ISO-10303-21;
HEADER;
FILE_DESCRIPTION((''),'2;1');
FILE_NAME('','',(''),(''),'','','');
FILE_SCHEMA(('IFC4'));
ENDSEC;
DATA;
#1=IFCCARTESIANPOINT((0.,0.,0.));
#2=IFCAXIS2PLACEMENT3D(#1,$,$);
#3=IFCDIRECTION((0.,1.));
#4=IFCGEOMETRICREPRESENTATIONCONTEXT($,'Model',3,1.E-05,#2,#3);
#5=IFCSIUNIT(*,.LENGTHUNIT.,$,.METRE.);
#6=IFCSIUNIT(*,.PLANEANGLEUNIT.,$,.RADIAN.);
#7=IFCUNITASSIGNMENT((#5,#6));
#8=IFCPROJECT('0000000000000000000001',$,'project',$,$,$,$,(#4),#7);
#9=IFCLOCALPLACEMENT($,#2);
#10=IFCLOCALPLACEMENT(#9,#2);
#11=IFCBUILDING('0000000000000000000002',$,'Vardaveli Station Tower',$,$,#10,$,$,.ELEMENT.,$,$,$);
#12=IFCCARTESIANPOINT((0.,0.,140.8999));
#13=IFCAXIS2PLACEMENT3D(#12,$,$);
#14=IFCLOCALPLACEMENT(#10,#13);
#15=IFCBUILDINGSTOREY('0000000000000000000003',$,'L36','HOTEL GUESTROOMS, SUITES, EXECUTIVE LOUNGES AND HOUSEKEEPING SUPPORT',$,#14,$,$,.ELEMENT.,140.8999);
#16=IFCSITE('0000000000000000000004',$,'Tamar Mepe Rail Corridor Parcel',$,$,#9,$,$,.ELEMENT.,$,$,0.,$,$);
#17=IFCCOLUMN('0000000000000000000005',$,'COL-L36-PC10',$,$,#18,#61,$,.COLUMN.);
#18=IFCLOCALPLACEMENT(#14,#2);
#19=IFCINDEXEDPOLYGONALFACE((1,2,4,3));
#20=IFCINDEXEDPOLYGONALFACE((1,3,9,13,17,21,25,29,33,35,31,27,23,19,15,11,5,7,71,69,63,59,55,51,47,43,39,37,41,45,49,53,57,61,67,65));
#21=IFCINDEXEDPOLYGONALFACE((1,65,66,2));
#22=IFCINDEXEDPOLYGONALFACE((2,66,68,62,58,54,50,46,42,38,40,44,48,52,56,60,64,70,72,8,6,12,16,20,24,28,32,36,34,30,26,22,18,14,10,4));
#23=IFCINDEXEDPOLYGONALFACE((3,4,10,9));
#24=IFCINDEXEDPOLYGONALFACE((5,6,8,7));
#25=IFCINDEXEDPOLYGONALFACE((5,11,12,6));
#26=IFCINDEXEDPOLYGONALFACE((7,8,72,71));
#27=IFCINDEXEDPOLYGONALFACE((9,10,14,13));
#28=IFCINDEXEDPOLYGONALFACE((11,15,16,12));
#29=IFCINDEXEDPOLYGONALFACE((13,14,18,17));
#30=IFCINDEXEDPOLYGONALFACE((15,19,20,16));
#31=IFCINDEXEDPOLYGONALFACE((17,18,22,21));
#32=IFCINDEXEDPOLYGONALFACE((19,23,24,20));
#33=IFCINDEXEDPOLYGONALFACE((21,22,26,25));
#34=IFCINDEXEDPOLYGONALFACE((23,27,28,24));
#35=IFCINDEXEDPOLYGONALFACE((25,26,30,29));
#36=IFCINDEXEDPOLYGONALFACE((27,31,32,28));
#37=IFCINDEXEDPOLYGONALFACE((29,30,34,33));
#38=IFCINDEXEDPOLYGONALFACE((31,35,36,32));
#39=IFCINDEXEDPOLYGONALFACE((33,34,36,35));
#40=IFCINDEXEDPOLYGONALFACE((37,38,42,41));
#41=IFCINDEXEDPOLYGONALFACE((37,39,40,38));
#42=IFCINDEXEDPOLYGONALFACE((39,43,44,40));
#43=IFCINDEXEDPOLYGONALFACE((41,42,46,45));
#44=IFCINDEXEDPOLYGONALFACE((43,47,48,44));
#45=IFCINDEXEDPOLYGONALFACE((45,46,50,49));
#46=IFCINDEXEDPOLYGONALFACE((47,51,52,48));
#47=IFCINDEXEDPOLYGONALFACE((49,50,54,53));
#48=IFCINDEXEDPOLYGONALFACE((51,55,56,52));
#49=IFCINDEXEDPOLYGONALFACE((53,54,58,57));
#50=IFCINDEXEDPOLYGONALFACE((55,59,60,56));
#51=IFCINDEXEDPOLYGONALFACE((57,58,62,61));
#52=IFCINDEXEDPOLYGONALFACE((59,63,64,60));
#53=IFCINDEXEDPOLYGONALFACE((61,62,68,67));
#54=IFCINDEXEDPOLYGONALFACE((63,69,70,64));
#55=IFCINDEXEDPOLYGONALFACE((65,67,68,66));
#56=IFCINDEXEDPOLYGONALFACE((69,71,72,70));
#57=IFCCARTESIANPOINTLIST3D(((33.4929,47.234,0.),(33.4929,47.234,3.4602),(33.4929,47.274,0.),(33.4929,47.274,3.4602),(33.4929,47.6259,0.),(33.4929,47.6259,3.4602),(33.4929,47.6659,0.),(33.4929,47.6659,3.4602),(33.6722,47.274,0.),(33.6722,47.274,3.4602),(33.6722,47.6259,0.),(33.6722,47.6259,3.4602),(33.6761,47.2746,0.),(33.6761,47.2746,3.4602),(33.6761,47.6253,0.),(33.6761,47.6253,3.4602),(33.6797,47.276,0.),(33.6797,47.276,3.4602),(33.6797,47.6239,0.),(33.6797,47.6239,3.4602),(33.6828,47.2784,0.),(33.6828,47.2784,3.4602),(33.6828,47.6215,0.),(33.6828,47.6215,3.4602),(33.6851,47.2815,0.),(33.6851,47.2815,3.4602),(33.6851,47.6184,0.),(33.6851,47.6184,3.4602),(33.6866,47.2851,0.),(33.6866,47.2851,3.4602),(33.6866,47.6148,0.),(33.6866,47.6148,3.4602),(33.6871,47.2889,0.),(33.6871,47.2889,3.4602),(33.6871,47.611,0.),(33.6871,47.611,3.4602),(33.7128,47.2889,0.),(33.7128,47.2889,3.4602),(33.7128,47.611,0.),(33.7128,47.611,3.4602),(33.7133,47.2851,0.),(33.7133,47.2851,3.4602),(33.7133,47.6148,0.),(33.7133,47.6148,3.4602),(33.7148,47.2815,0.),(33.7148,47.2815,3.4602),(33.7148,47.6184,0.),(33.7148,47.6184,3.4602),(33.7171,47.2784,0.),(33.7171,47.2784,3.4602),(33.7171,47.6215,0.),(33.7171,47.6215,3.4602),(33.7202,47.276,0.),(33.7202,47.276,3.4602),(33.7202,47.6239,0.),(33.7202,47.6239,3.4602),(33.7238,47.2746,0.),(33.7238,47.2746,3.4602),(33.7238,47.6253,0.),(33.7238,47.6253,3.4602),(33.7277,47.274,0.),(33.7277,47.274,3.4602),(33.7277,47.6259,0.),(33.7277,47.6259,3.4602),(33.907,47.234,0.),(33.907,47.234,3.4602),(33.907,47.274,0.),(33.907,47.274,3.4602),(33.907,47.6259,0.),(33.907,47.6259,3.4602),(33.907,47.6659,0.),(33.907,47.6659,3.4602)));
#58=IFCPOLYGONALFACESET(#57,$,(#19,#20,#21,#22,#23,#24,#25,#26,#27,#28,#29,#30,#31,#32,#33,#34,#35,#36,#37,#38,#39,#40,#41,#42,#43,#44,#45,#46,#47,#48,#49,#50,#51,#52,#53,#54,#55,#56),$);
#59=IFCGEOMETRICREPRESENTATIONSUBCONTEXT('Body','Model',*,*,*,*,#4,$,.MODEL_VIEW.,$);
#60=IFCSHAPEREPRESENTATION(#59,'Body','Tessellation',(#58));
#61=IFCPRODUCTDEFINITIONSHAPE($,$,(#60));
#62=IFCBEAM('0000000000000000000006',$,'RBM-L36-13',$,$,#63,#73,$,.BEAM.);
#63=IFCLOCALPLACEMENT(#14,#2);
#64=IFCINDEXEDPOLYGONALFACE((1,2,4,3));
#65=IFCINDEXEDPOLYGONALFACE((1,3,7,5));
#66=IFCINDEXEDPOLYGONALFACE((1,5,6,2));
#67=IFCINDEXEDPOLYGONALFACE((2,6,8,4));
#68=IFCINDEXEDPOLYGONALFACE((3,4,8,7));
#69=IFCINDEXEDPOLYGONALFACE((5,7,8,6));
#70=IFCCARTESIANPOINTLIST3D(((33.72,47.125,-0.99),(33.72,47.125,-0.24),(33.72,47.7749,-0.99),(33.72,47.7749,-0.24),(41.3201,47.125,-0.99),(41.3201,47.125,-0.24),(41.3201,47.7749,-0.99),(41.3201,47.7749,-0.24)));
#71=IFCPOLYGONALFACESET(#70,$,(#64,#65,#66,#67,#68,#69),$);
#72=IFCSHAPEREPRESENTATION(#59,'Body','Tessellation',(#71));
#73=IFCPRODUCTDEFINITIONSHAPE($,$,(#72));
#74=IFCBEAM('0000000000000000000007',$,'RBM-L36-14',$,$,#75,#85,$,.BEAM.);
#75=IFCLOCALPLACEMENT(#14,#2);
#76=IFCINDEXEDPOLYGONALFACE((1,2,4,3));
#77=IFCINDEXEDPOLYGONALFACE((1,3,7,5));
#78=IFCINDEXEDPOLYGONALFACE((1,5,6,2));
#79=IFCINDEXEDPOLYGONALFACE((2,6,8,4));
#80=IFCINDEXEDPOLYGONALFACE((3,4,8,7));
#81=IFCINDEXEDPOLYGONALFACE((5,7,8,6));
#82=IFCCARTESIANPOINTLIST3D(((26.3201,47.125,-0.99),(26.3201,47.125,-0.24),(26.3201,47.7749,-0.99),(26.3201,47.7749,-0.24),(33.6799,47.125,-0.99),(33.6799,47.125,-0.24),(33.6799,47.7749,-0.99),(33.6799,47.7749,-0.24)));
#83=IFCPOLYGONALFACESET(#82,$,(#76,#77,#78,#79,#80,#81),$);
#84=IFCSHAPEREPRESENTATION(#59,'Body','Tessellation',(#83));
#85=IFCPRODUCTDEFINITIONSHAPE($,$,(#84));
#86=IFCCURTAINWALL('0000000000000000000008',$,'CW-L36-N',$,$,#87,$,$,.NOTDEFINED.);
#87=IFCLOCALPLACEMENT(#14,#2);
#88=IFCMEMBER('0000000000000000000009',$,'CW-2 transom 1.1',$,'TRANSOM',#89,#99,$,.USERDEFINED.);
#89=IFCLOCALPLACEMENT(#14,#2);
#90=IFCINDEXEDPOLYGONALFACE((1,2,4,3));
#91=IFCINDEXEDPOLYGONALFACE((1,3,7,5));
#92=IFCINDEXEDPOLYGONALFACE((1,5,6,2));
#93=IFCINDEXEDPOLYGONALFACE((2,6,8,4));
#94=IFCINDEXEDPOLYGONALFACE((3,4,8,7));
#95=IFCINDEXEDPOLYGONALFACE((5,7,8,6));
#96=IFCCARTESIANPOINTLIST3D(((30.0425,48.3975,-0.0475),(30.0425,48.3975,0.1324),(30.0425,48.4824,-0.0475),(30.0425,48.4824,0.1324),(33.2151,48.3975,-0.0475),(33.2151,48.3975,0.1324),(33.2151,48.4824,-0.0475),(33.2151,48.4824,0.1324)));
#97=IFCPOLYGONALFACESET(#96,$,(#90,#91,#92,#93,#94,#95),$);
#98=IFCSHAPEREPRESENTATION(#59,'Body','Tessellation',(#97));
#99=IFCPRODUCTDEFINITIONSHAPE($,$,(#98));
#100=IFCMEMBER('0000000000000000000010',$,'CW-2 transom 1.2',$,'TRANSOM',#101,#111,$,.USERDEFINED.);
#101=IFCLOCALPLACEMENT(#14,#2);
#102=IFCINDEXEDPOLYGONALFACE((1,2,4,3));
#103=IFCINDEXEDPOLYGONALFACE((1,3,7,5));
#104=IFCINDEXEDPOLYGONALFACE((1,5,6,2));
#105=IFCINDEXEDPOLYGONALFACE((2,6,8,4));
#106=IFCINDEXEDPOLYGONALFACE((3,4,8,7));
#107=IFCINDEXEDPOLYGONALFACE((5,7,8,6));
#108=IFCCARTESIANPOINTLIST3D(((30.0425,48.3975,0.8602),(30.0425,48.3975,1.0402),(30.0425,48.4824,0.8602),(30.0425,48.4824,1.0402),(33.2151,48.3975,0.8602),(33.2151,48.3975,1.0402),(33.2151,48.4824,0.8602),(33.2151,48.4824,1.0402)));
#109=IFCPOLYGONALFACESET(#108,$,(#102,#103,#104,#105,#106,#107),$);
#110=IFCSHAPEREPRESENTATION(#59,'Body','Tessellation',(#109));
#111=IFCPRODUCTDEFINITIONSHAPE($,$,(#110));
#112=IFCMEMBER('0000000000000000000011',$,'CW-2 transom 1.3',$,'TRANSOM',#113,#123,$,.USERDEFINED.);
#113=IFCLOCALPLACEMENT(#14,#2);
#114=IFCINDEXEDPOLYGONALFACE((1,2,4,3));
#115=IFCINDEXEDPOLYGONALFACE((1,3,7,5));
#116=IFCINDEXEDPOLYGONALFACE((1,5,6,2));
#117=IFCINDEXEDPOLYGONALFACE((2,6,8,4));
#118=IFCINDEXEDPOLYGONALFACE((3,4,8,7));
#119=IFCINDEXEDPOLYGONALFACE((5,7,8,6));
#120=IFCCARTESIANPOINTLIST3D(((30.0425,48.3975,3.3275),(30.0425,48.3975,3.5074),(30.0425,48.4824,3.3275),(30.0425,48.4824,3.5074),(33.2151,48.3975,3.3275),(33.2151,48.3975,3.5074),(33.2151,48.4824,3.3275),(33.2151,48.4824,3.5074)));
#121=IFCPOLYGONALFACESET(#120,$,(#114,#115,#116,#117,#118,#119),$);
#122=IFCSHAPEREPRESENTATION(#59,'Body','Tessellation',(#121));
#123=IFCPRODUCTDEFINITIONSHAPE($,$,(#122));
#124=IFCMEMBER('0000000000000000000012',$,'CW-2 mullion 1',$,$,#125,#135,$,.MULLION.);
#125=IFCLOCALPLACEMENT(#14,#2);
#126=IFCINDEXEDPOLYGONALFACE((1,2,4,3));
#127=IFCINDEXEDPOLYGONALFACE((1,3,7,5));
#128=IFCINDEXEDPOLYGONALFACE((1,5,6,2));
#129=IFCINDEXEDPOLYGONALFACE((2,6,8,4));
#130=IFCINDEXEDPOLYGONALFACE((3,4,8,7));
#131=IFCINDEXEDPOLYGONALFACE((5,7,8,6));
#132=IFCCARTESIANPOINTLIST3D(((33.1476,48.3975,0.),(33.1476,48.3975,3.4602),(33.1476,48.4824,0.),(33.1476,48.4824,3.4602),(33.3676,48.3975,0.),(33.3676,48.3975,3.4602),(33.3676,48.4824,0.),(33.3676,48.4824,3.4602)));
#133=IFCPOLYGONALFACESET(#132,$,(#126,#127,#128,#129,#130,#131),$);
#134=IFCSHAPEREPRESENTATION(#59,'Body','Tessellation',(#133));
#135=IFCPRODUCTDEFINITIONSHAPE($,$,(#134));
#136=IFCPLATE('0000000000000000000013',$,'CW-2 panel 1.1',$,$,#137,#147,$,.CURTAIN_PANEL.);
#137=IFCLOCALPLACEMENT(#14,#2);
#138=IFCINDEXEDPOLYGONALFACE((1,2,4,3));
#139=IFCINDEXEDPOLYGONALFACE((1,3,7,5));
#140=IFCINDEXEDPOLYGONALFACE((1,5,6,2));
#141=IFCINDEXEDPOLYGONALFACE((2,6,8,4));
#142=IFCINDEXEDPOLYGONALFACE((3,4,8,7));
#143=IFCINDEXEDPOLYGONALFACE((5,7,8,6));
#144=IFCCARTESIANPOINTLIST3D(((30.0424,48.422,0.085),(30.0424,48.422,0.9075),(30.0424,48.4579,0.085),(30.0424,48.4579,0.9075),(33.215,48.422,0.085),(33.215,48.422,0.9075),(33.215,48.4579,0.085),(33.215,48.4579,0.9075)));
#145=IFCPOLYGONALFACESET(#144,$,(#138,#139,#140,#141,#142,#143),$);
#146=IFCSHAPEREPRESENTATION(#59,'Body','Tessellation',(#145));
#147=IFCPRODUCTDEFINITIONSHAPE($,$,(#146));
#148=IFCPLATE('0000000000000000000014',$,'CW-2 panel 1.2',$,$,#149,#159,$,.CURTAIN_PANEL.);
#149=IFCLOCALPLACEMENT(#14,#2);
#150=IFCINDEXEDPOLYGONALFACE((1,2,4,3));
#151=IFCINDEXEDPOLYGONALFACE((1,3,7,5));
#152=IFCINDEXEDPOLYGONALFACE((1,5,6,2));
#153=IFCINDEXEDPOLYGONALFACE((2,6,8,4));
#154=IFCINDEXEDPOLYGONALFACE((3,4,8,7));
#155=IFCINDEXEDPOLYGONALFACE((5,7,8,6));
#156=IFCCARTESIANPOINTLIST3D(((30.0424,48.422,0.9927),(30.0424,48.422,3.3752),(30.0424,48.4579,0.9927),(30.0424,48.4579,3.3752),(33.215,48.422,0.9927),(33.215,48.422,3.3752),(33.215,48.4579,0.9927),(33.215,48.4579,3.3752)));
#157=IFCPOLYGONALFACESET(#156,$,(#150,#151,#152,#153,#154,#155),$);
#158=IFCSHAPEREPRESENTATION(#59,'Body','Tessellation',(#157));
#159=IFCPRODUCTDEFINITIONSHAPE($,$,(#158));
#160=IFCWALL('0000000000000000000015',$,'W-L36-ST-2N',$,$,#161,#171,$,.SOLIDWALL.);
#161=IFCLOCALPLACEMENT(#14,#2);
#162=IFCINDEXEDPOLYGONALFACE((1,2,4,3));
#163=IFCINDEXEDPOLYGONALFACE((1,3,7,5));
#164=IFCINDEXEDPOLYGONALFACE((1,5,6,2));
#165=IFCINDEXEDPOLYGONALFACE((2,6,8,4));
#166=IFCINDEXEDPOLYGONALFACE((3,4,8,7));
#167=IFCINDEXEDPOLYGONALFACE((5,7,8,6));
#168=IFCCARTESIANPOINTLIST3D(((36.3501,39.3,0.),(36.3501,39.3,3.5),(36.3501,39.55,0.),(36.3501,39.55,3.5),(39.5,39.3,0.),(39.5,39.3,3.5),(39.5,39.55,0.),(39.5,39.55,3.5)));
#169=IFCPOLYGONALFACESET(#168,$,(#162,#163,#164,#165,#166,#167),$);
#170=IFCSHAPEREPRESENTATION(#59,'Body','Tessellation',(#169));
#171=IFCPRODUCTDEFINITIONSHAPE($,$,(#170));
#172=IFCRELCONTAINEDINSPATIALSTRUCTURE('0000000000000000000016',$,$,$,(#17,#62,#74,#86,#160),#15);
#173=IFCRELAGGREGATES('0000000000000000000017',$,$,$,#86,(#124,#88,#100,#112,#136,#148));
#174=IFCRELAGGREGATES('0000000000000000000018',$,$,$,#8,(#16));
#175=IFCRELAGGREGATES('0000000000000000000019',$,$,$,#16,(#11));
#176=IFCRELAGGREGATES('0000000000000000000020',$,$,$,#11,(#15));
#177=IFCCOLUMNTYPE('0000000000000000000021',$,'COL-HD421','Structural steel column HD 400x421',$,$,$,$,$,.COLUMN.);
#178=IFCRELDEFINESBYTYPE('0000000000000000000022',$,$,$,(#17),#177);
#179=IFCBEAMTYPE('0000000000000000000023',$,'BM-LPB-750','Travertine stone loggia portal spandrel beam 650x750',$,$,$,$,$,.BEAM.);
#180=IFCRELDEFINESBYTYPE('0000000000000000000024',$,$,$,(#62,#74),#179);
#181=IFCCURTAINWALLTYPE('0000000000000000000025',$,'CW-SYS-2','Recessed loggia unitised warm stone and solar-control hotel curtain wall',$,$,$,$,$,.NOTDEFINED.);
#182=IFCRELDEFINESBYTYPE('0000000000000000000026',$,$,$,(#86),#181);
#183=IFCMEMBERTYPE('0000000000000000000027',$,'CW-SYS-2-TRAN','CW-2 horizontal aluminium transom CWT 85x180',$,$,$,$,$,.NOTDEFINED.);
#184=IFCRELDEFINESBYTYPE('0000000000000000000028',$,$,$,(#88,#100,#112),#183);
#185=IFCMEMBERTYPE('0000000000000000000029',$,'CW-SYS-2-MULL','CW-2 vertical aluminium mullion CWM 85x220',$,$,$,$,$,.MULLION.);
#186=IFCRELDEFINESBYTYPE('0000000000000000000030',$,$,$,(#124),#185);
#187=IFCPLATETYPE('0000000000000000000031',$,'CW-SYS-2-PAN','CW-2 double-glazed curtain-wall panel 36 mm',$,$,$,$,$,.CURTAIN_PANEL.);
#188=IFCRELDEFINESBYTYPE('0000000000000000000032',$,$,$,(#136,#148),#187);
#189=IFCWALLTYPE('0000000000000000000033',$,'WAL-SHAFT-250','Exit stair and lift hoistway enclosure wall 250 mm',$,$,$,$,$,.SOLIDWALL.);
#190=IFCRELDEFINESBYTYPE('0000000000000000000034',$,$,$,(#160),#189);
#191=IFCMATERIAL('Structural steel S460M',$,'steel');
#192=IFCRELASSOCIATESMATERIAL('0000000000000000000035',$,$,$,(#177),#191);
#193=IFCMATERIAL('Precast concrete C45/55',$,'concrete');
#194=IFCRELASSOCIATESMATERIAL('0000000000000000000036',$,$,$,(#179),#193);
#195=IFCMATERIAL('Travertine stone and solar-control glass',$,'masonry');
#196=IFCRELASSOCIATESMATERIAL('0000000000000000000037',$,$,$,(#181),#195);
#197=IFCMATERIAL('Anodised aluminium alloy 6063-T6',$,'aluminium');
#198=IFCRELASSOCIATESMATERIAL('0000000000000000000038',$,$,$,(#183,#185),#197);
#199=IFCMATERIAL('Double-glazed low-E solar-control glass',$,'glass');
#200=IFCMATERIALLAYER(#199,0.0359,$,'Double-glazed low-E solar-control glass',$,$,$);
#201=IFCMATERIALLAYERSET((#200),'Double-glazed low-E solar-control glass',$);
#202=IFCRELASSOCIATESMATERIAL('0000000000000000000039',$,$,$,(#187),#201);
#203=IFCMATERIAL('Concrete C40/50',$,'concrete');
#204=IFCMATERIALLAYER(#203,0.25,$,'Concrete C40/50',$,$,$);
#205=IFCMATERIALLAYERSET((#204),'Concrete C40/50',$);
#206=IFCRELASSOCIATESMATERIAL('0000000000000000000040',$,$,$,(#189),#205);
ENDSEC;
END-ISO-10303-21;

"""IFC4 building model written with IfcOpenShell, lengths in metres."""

from ifc_helpers import new_model, si_unit, direction, frame, frame_2d, origin, origin_2d, place, context, subcontext, project, spatial, rectangle, i_section, extrude, source, transform, mapped, material, layer, layer_set, material_profile, profile_set, type_object, element, aggregate, save


model = new_model("IFC4")

# Units and contexts
model_context = context("Model", 3, precision=1e-05, world=origin(), true_north=direction((0.0, 1.0)))
body_context = subcontext(model_context, "Body", "Model", "MODEL_VIEW")
ifc_project = project(units=[si_unit("LENGTHUNIT", "METRE"), si_unit("PLANEANGLEUNIT", "RADIAN")], contexts=[model_context])

# Site, building, storey
site_placement = place(None, origin())
site = spatial("IfcSite", under=ifc_project, at=site_placement, Name="Tamar Mepe Rail Corridor Parcel", CompositionType="ELEMENT", RefElevation=0.0)
building_placement = place(site_placement, origin())
building = spatial("IfcBuilding", under=site, at=building_placement, Name="Vardaveli Station Tower", CompositionType="ELEMENT")
storey_placement = place(building_placement, frame((0.0, 0.0, 140.8999)))
storey = spatial("IfcBuildingStorey", under=building, at=storey_placement, Name="L36", Description="HOTEL GUESTROOMS, SUITES, EXECUTIVE LOUNGES AND HOUSEKEEPING SUPPORT", CompositionType="ELEMENT", Elevation=140.8999)

# Column
ifc_material_1 = material(Name="Structural steel S460M", Category="steel")
ifc_material_profile_1 = material_profile(ifc_material_1, i_section(OverallWidth=0.4141, OverallDepth=0.4319, WebThickness=0.0256, FlangeThickness=0.04, FilletRadius=0.0149, at=origin_2d()), Name="HD 400x421")
ifc_profile_set_1 = profile_set([ifc_material_profile_1], Name="Structural steel S460M")
column_type = type_object("IfcColumnType", Name="COL-HD421", Description="Structural steel column HD 400x421", PredefinedType="COLUMN", material=ifc_profile_set_1)
shared_shape_1 = source(origin(), body_context, "Body", "SweptSolid", [
    extrude(i_section(OverallWidth=0.4141, OverallDepth=0.4319, WebThickness=0.0256, FlangeThickness=0.04, FilletRadius=0.0149, at=origin_2d()), origin(), (0.0, 0.0, 1.0), 3.4602),
])
column_placement = place(storey_placement, frame((33.7, 47.45, 0.0), z_axis=(0.0, 0.0, 1.0), x_axis=(1.0, 0.0, 0.0)))
element("IfcColumn", 1, at=column_placement, inside=storey, type_object=column_type, Name="COL-L36-PC10", PredefinedType="COLUMN", context=body_context, shape_type="MappedRepresentation", body=[
    mapped(shared_shape_1, transform((0.0, 0.0, 0.0), scale=1.0)),
])

# Beams
ifc_material_2 = material(Name="Precast concrete C45/55", Category="concrete")
ifc_material_profile_2 = material_profile(ifc_material_2, rectangle(XDim=0.6499, YDim=0.75, at=origin_2d()), Name="LPB 650x750")
ifc_profile_set_2 = profile_set([ifc_material_profile_2], Name="Precast concrete C45/55")
beam_type = type_object("IfcBeamType", Name="BM-LPB-750", Description="Travertine stone loggia portal spandrel beam 650x750", PredefinedType="BEAM", material=ifc_profile_set_2)
shared_shape_2 = source(origin(), body_context, "Body", "SweptSolid", [
    extrude(rectangle(XDim=0.6499, YDim=0.75, at=origin_2d()), origin(), (0.0, 0.0, 1.0), 7.6001),
])
beam_1_placement = place(storey_placement, frame((41.3201, 47.45, -0.615), z_axis=(-1.0, 0.0, 0.0), x_axis=(0.0, -1.0, 0.0)))
element("IfcBeam", 2, at=beam_1_placement, inside=storey, type_object=beam_type, Name="RBM-L36-13", PredefinedType="BEAM", context=body_context, shape_type="MappedRepresentation", body=[
    mapped(shared_shape_2, transform((0.0, 0.0, 0.0), scale=1.0)),
])
shared_shape_3 = source(origin(), body_context, "Body", "SweptSolid", [
    extrude(rectangle(XDim=0.6499, YDim=0.75, at=origin_2d()), origin(), (0.0, 0.0, 1.0), 7.3599),
])
beam_2_placement = place(storey_placement, frame((33.6799, 47.45, -0.615), z_axis=(-1.0, 0.0, 0.0), x_axis=(0.0, -1.0, 0.0)))
element("IfcBeam", 3, at=beam_2_placement, inside=storey, type_object=beam_type, Name="RBM-L36-14", PredefinedType="BEAM", context=body_context, shape_type="MappedRepresentation", body=[
    mapped(shared_shape_3, transform((0.0, 0.0, 0.0), scale=1.0)),
])

# Curtain wall, members, plates
ifc_material_3 = material(Name="Travertine stone and solar-control glass", Category="masonry")
curtain_wall_type = type_object("IfcCurtainWallType", Name="CW-SYS-2", Description="Recessed loggia unitised warm stone and solar-control hotel curtain wall", PredefinedType="NOTDEFINED", material=ifc_material_3)
curtain_wall_placement = place(storey_placement, origin())
curtain_wall = element("IfcCurtainWall", 4, at=curtain_wall_placement, inside=storey, type_object=curtain_wall_type, Name="CW-L36-N", PredefinedType="NOTDEFINED")
ifc_material_4 = material(Name="Anodised aluminium alloy 6063-T6", Category="aluminium")
ifc_material_profile_3 = material_profile(ifc_material_4, rectangle(XDim=0.085, YDim=0.1799, at=origin_2d()), Name="CWT 85x180")
ifc_profile_set_3 = profile_set([ifc_material_profile_3], Name="Anodised aluminium alloy 6063-T6")
member_type_1 = type_object("IfcMemberType", Name="CW-SYS-2-TRAN", Description="CW-2 horizontal aluminium transom CWT 85x180", PredefinedType="NOTDEFINED", material=ifc_profile_set_3)
shared_shape_4 = source(origin(), body_context, "Body", "SweptSolid", [
    extrude(rectangle(XDim=0.085, YDim=0.1799, at=origin_2d()), origin(), (0.0, 0.0, 1.0), 3.1726),
])
member_1_placement = place(storey_placement, frame((33.2151, 48.4399, 0.0425), z_axis=(-1.0, 0.0, 0.0), x_axis=(0.0, -1.0, 0.0)))
member_1 = element("IfcMember", 5, at=member_1_placement, type_object=member_type_1, Name="CW-2 transom 1.1", ObjectType="TRANSOM", PredefinedType="USERDEFINED", context=body_context, shape_type="MappedRepresentation", body=[
    mapped(shared_shape_4, transform((0.0, 0.0, 0.0), scale=1.0)),
])
member_2_placement = place(storey_placement, frame((33.2151, 48.4399, 0.9502), z_axis=(-1.0, 0.0, 0.0), x_axis=(0.0, -1.0, 0.0)))
member_2 = element("IfcMember", 6, at=member_2_placement, type_object=member_type_1, Name="CW-2 transom 1.2", ObjectType="TRANSOM", PredefinedType="USERDEFINED", context=body_context, shape_type="MappedRepresentation", body=[
    mapped(shared_shape_4, transform((0.0, 0.0, 0.0), scale=1.0)),
])
member_3_placement = place(storey_placement, frame((33.2151, 48.4399, 3.4175), z_axis=(-1.0, 0.0, 0.0), x_axis=(0.0, -1.0, 0.0)))
member_3 = element("IfcMember", 7, at=member_3_placement, type_object=member_type_1, Name="CW-2 transom 1.3", ObjectType="TRANSOM", PredefinedType="USERDEFINED", context=body_context, shape_type="MappedRepresentation", body=[
    mapped(shared_shape_4, transform((0.0, 0.0, 0.0), scale=1.0)),
])
ifc_material_profile_4 = material_profile(ifc_material_4, rectangle(XDim=0.085, YDim=0.22, at=origin_2d()), Name="CWM 85x220")
ifc_profile_set_4 = profile_set([ifc_material_profile_4], Name="Anodised aluminium alloy 6063-T6")
member_type_2 = type_object("IfcMemberType", Name="CW-SYS-2-MULL", Description="CW-2 vertical aluminium mullion CWM 85x220", PredefinedType="MULLION", material=ifc_profile_set_4)
shared_shape_5 = source(origin(), body_context, "Body", "SweptSolid", [
    extrude(rectangle(XDim=0.085, YDim=0.22, at=origin_2d()), origin(), (0.0, 0.0, 1.0), 3.4602),
])
member_4_placement = place(storey_placement, frame((33.2576, 48.4399, 0.0), z_axis=(0.0, 0.0, 1.0), x_axis=(0.0, -1.0, 0.0)))
member_4 = element("IfcMember", 8, at=member_4_placement, type_object=member_type_2, Name="CW-2 mullion 1", PredefinedType="MULLION", context=body_context, shape_type="MappedRepresentation", body=[
    mapped(shared_shape_5, transform((0.0, 0.0, 0.0), scale=1.0)),
])
ifc_material_5 = material(Name="Double-glazed low-E solar-control glass", Category="glass")
ifc_layer_1 = layer(ifc_material_5, 0.0359, Name="Double-glazed low-E solar-control glass")
ifc_layer_set_1 = layer_set([ifc_layer_1], Name="Double-glazed low-E solar-control glass")
plate_type = type_object("IfcPlateType", Name="CW-SYS-2-PAN", Description="CW-2 double-glazed curtain-wall panel 36 mm", PredefinedType="CURTAIN_PANEL", material=ifc_layer_set_1)
shared_shape_6 = source(origin(), body_context, "Body", "SweptSolid", [
    extrude(rectangle(XDim=3.1726, YDim=0.0359, at=origin_2d()), origin(), (0.0, 0.0, 1.0), 0.8225),
])
plate_1_placement = place(storey_placement, frame((31.6287, 48.4399, 0.085), z_axis=(0.0, 0.0, 1.0), x_axis=(-1.0, 0.0, 0.0)))
plate_1 = element("IfcPlate", 9, at=plate_1_placement, type_object=plate_type, Name="CW-2 panel 1.1", PredefinedType="CURTAIN_PANEL", context=body_context, shape_type="MappedRepresentation", body=[
    mapped(shared_shape_6, transform((0.0, 0.0, 0.0), scale=1.0)),
])
shared_shape_7 = source(origin(), body_context, "Body", "SweptSolid", [
    extrude(rectangle(XDim=3.1726, YDim=0.0359, at=origin_2d()), origin(), (0.0, 0.0, 1.0), 2.3826),
])
plate_2_placement = place(storey_placement, frame((31.6287, 48.4399, 0.9927), z_axis=(0.0, 0.0, 1.0), x_axis=(-1.0, 0.0, 0.0)))
plate_2 = element("IfcPlate", 10, at=plate_2_placement, type_object=plate_type, Name="CW-2 panel 1.2", PredefinedType="CURTAIN_PANEL", context=body_context, shape_type="MappedRepresentation", body=[
    mapped(shared_shape_7, transform((0.0, 0.0, 0.0), scale=1.0)),
])
aggregate(curtain_wall, [member_4, member_1, member_2, member_3, plate_1, plate_2])

# Wall
ifc_material_6 = material(Name="Concrete C40/50", Category="concrete")
ifc_layer_2 = layer(ifc_material_6, 0.25, Name="Concrete C40/50")
ifc_layer_set_2 = layer_set([ifc_layer_2], Name="Concrete C40/50")
wall_type = type_object("IfcWallType", Name="WAL-SHAFT-250", Description="Exit stair and lift hoistway enclosure wall 250 mm", PredefinedType="SOLIDWALL", material=ifc_layer_set_2)
shared_shape_8 = source(origin(), body_context, "Body", "SweptSolid", [
    extrude(rectangle(XDim=3.1499, YDim=0.25, at=frame_2d((1.575, 0.0))), origin(), (0.0, 0.0, 1.0), 3.5),
])
wall_1_placement = place(storey_placement, frame((36.3501, 39.425, 0.0), z_axis=(0.0, 0.0, 1.0), x_axis=(1.0, 0.0, 0.0)))
element("IfcWall", 11, at=wall_1_placement, inside=storey, type_object=wall_type, Name="W-L36-ST-2N", PredefinedType="SOLIDWALL", context=body_context, shape_type="MappedRepresentation", body=[
    mapped(shared_shape_8, transform((0.0, 0.0, 0.0), scale=1.0)),
])

save(model, "model.ifc")
